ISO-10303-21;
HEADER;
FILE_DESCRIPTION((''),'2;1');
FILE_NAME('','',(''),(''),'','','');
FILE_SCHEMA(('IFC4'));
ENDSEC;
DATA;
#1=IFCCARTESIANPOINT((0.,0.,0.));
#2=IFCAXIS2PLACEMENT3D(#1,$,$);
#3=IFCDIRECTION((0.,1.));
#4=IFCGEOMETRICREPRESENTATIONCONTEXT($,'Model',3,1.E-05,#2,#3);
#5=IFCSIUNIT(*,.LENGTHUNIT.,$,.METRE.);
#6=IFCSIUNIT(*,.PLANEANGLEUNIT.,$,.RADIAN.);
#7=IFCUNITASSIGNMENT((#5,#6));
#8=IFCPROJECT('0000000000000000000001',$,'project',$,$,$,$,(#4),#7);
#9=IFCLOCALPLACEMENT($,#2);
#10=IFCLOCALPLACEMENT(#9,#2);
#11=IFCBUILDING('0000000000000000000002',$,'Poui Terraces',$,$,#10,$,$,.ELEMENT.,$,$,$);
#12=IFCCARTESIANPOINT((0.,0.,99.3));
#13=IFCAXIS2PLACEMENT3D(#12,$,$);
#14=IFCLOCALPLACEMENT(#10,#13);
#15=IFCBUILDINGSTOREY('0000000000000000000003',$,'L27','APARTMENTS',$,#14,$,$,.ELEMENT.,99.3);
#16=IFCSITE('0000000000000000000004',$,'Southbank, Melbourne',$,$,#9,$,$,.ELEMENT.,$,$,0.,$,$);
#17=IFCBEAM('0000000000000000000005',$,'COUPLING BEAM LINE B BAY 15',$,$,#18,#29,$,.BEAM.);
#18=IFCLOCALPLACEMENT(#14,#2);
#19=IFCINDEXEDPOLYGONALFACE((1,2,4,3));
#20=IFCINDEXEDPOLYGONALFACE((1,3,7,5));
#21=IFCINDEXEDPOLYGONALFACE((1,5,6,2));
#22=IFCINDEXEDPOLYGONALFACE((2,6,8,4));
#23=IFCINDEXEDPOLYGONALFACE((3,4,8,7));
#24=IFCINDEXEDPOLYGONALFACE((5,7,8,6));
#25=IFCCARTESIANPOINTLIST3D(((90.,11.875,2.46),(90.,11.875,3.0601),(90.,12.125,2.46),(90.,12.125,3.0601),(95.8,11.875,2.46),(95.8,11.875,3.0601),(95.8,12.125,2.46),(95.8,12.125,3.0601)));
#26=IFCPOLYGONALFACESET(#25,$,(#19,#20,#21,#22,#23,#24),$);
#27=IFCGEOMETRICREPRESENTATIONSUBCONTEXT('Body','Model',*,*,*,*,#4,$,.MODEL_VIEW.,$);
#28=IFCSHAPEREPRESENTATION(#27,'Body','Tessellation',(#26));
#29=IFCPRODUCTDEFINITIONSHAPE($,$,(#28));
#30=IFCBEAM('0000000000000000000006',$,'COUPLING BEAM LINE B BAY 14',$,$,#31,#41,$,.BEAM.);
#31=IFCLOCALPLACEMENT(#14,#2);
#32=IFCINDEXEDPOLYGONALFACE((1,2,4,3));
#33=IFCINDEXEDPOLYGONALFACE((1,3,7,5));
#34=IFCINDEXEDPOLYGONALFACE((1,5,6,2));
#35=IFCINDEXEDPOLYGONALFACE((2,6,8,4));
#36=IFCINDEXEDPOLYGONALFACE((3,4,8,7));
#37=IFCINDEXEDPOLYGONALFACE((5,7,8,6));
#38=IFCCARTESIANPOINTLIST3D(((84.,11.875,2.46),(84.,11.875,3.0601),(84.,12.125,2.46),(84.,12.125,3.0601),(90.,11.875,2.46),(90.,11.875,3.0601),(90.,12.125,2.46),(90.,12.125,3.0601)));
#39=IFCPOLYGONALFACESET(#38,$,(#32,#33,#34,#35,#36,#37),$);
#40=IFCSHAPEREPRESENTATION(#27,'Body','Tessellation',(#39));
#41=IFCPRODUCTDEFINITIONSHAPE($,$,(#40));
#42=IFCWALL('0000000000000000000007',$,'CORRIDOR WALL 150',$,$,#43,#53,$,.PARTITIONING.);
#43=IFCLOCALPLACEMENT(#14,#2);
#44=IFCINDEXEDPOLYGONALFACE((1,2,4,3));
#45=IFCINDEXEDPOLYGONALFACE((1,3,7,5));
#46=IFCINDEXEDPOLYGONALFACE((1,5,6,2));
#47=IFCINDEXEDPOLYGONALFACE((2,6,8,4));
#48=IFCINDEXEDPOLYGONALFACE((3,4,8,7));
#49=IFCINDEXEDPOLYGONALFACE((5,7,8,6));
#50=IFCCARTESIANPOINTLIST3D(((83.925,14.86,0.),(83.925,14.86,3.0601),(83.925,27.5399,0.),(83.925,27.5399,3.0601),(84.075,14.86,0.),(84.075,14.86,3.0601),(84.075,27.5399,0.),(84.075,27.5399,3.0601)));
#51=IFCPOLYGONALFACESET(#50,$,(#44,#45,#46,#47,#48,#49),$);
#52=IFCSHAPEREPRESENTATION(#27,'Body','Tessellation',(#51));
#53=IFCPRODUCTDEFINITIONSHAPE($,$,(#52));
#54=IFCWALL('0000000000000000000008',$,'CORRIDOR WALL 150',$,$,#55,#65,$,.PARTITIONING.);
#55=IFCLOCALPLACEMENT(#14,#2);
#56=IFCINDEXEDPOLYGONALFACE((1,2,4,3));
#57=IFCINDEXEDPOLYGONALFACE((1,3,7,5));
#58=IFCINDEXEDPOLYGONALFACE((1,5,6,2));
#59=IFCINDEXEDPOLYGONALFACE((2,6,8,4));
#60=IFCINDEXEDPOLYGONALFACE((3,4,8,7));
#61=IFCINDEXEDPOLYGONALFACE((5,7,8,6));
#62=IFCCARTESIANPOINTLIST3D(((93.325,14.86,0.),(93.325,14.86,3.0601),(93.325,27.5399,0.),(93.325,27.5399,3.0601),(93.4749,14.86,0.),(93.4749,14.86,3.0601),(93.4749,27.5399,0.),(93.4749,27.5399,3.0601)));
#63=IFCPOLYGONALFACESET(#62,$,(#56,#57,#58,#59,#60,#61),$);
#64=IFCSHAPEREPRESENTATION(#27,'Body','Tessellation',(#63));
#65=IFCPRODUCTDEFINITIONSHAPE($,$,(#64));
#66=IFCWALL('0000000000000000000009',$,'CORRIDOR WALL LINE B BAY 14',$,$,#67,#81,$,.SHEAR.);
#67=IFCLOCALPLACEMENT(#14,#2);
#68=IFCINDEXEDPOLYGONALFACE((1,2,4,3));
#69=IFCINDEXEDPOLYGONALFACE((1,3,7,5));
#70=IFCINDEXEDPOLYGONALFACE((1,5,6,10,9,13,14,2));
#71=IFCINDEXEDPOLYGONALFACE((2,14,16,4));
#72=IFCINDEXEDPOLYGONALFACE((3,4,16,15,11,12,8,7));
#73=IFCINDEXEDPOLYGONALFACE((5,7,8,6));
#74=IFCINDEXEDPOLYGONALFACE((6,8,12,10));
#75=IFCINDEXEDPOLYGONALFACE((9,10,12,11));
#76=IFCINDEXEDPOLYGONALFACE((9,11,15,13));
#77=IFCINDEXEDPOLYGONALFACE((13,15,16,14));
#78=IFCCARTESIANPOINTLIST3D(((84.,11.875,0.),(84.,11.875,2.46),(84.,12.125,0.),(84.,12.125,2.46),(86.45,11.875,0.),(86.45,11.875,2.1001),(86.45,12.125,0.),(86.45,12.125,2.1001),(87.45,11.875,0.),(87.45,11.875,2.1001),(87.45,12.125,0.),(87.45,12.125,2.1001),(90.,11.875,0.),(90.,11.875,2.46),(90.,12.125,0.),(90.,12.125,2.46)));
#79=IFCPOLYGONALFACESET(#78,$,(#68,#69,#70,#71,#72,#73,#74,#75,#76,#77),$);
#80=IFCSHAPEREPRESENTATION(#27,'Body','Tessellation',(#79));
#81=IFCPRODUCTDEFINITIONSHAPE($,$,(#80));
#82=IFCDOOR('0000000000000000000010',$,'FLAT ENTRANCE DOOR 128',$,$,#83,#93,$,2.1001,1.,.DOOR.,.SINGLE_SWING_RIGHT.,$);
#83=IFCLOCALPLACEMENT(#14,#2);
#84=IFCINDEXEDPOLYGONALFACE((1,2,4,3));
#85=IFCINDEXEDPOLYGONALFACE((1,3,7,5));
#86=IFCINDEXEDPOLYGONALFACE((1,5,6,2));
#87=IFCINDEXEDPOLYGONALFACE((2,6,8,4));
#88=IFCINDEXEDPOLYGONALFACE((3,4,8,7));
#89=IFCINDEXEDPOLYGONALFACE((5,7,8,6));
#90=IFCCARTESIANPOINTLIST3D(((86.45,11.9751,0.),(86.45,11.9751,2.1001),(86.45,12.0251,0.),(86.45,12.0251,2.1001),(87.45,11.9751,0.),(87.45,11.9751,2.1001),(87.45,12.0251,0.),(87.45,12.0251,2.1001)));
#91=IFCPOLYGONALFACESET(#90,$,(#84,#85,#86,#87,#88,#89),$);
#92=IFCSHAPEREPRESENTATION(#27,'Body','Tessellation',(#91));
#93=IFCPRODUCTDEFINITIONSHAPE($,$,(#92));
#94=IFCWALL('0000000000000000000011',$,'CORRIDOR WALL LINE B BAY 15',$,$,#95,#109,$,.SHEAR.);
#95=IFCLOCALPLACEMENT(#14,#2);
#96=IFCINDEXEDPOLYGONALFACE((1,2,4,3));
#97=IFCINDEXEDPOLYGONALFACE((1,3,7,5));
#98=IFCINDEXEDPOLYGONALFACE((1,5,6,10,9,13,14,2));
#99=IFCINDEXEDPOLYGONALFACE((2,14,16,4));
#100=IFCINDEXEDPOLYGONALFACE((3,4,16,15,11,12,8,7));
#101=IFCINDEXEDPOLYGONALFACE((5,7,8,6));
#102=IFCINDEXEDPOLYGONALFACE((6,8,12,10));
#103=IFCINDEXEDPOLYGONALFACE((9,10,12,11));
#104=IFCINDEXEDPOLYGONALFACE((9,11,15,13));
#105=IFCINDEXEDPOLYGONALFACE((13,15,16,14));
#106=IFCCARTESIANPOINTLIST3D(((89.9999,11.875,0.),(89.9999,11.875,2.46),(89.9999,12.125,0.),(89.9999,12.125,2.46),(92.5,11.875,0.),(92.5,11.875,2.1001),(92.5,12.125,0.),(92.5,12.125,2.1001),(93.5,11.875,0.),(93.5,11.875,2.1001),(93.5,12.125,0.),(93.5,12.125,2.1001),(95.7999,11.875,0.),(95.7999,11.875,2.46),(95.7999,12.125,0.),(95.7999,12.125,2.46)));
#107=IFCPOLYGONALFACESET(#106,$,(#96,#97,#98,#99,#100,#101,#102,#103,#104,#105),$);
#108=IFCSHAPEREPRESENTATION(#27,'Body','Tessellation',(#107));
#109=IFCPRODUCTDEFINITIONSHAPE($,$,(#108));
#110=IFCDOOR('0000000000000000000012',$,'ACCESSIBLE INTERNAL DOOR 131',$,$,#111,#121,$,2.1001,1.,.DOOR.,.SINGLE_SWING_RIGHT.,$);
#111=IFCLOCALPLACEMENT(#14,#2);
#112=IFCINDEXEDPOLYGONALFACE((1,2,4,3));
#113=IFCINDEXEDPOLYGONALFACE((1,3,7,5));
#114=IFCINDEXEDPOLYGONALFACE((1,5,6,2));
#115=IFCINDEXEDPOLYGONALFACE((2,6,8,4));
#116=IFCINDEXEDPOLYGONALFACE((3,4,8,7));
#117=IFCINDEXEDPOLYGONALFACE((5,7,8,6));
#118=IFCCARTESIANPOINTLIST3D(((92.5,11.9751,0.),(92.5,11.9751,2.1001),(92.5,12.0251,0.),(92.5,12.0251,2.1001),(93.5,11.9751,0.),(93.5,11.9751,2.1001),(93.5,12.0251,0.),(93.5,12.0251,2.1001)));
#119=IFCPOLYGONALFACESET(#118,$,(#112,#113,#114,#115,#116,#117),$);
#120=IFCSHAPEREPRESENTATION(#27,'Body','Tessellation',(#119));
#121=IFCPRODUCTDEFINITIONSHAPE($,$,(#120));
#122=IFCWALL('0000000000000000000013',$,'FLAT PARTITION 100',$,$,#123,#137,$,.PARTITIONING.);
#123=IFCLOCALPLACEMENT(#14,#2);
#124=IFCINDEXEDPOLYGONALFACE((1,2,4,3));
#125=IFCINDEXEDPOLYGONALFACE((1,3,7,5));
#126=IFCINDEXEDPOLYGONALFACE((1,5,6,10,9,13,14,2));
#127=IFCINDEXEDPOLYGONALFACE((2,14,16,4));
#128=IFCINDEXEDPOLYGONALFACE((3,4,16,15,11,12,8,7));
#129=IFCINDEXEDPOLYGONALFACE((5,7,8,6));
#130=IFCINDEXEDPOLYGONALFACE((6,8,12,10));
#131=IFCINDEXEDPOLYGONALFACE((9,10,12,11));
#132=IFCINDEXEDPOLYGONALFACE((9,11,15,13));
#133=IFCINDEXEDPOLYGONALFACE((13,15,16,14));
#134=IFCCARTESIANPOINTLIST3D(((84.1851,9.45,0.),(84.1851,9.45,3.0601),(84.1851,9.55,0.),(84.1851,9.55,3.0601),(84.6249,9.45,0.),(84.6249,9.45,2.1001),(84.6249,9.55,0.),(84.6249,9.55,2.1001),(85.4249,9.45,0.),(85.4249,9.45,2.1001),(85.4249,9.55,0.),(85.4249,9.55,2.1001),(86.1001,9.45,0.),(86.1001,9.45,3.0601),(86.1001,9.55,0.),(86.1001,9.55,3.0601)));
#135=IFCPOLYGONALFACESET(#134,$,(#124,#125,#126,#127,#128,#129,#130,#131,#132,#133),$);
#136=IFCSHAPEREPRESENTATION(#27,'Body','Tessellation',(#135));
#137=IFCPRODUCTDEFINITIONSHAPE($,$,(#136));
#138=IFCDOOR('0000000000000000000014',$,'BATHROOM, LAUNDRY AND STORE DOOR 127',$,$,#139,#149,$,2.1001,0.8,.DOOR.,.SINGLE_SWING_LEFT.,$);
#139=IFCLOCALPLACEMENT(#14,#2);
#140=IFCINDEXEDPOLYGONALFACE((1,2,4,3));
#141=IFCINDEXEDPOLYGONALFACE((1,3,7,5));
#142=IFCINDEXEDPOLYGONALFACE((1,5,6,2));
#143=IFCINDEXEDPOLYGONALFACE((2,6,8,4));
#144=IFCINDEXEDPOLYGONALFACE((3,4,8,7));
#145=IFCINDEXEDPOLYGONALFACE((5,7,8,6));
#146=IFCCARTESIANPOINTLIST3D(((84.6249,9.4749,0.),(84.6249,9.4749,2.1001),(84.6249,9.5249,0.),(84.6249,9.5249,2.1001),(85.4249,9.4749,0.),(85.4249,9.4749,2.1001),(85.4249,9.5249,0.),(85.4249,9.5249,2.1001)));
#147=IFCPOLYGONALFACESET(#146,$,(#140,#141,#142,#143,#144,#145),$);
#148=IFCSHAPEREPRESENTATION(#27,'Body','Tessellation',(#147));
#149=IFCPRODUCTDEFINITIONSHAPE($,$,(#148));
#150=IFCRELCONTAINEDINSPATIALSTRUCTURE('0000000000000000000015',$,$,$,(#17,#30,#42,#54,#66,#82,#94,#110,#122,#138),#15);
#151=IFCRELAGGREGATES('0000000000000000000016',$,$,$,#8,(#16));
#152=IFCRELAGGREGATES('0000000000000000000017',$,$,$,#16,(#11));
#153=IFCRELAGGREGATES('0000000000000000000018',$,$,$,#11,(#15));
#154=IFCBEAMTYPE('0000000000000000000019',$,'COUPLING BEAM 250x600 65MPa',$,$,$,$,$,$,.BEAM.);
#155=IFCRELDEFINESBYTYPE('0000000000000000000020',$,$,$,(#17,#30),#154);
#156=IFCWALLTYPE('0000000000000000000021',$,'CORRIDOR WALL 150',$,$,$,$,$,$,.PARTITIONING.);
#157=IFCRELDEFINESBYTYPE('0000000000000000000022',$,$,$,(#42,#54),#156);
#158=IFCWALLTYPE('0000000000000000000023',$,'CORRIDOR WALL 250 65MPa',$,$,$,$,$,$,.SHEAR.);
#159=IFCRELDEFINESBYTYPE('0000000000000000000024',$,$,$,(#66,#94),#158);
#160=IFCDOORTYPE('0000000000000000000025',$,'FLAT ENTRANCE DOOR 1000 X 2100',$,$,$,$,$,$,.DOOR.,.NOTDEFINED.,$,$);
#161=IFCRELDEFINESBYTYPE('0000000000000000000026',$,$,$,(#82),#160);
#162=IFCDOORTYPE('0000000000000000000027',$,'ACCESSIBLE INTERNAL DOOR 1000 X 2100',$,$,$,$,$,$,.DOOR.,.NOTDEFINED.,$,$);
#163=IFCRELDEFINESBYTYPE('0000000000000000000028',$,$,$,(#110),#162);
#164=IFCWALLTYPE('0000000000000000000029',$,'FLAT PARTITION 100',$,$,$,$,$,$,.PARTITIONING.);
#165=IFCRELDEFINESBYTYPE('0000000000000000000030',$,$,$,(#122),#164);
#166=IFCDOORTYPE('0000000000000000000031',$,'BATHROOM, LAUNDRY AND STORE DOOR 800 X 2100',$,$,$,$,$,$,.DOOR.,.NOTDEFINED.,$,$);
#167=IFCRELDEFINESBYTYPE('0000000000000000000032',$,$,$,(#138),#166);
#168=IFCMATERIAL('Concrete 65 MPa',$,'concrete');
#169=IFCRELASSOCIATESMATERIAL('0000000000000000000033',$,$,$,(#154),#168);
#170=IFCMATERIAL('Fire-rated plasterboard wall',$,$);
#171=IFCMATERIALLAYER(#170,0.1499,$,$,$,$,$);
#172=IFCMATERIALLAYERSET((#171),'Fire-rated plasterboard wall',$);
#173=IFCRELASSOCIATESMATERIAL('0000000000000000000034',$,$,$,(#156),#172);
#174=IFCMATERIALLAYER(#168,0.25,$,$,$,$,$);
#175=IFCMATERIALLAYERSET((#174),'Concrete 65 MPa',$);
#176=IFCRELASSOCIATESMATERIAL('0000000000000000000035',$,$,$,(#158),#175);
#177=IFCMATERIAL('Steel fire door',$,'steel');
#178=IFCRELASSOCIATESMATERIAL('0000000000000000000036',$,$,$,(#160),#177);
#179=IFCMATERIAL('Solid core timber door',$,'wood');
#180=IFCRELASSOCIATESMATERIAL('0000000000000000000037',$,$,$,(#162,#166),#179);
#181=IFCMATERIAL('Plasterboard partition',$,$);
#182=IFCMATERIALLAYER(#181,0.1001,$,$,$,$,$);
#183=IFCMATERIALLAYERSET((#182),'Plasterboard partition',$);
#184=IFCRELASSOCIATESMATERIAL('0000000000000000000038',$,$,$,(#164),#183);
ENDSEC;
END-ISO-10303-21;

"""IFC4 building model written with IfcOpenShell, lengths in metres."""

from ifc_helpers import new_model, si_unit, direction, frame, frame_2d, origin, origin_2d, place, context, subcontext, project, spatial, rectangle, extrude, source, transform, mapped, material, layer, layer_set, material_profile, profile_set, type_object, element, fill, save


model = new_model("IFC4")

# Units and contexts
model_context = context("Model", 3, precision=1e-05, world=origin(), true_north=direction((0.0, 1.0)))
body_context = subcontext(model_context, "Body", "Model", "MODEL_VIEW")
ifc_project = project(units=[si_unit("LENGTHUNIT", "METRE"), si_unit("PLANEANGLEUNIT", "RADIAN")], contexts=[model_context])

# Site, building, storey
site_placement = place(None, origin())
site = spatial("IfcSite", under=ifc_project, at=site_placement, Name="Southbank, Melbourne", CompositionType="ELEMENT", RefElevation=0.0)
building_placement = place(site_placement, origin())
building = spatial("IfcBuilding", under=site, at=building_placement, Name="Poui Terraces", CompositionType="ELEMENT")
storey_placement = place(building_placement, frame((0.0, 0.0, 99.3)))
storey = spatial("IfcBuildingStorey", under=building, at=storey_placement, Name="L27", Description="APARTMENTS", CompositionType="ELEMENT", Elevation=99.3)

# Beams
ifc_material_1 = material(Name="Concrete 65 MPa", Category="concrete")
ifc_material_profile = material_profile(ifc_material_1, rectangle(XDim=0.25, YDim=0.6001, at=origin_2d()), Name="RC 250x600")
ifc_profile_set = profile_set([ifc_material_profile], Name="Concrete 65 MPa")
beam_type = type_object("IfcBeamType", Name="COUPLING BEAM 250x600 65MPa", PredefinedType="BEAM", material=ifc_profile_set)
shared_shape_1 = source(origin(), body_context, "Body", "SweptSolid", [
    extrude(rectangle(XDim=0.25, YDim=0.6001, at=origin_2d()), origin(), (0.0, 0.0, 1.0), 5.8),
])
beam_1_placement = place(storey_placement, frame((90.0, 12.0, 2.76), z_axis=(1.0, 0.0, 0.0), x_axis=(0.0, 1.0, 0.0)))
element("IfcBeam", 1, at=beam_1_placement, inside=storey, type_object=beam_type, Name="COUPLING BEAM LINE B BAY 15", PredefinedType="BEAM", context=body_context, shape_type="MappedRepresentation", body=[
    mapped(shared_shape_1, transform((0.0, 0.0, 0.0))),
])
shared_shape_2 = source(origin(), body_context, "Body", "SweptSolid", [
    extrude(rectangle(XDim=0.25, YDim=0.6001, at=origin_2d()), origin(), (0.0, 0.0, 1.0), 6.0),
])
beam_2_placement = place(storey_placement, frame((84.0, 12.0, 2.76), z_axis=(1.0, 0.0, 0.0), x_axis=(0.0, 1.0, 0.0)))
element("IfcBeam", 2, at=beam_2_placement, inside=storey, type_object=beam_type, Name="COUPLING BEAM LINE B BAY 14", PredefinedType="BEAM", context=body_context, shape_type="MappedRepresentation", body=[
    mapped(shared_shape_2, transform((0.0, 0.0, 0.0))),
])

# Walls
ifc_material_2 = material(Name="Fire-rated plasterboard wall")
ifc_layer_1 = layer(ifc_material_2, 0.1499)
ifc_layer_set_1 = layer_set([ifc_layer_1], Name="Fire-rated plasterboard wall")
wall_type_1 = type_object("IfcWallType", Name="CORRIDOR WALL 150", PredefinedType="PARTITIONING", material=ifc_layer_set_1)
for number, where, z_axis, x_axis, name in (
    (3, (84.0, 14.8601, 0.0), (0.0, 0.0, 1.0), (0.0, 1.0, 0.0), "CORRIDOR WALL 150"),
    (4, (93.3999, 14.8601, 0.0), (0.0, 0.0, 1.0), (0.0, 1.0, 0.0), "CORRIDOR WALL 150"),
):
    element("IfcWall", number, at=place(storey_placement, frame(where, z_axis=z_axis, x_axis=x_axis)), inside=storey, type_object=wall_type_1, Name=name, PredefinedType="PARTITIONING", context=body_context, shape_type="SweptSolid", body=[
        extrude(rectangle(XDim=12.6799, YDim=0.1499, at=frame_2d((6.3398, 0.0))), origin(), (0.0, 0.0, 1.0), 3.0601),
    ])

# Walls, openings, doors
ifc_layer_2 = layer(ifc_material_1, 0.25)
ifc_layer_set_2 = layer_set([ifc_layer_2], Name="Concrete 65 MPa")
wall_type_2 = type_object("IfcWallType", Name="CORRIDOR WALL 250 65MPa", PredefinedType="SHEAR", material=ifc_layer_set_2)
wall_1_placement = place(storey_placement, frame((84.0, 12.0, 0.0), z_axis=(0.0, 0.0, 1.0), x_axis=(1.0, 0.0, 0.0)))
wall_1 = element("IfcWall", 5, at=wall_1_placement, inside=storey, type_object=wall_type_2, Name="CORRIDOR WALL LINE B BAY 14", PredefinedType="SHEAR", context=body_context, shape_type="SweptSolid", body=[
    extrude(rectangle(XDim=6.0, YDim=0.25, at=frame_2d((3.0, 0.0))), origin(), (0.0, 0.0, 1.0), 2.46),
])
opening_1_placement = place(wall_1_placement, frame((2.45, 0.0, 0.0)))
opening_1 = element("IfcOpeningElement", 6, at=opening_1_placement, cuts=wall_1, PredefinedType="OPENING", context=body_context, shape_type="SweptSolid", body=[
    extrude(rectangle(XDim=1.0, YDim=2.1001, at=frame_2d((0.5, 1.05))), frame((0.0, 0.135, 0.0), z_axis=(0.0, -1.0, 0.0), x_axis=(1.0, 0.0, 0.0)), (0.0, 0.0, 1.0), 0.27),
])
ifc_material_3 = material(Name="Steel fire door", Category="steel")
door_type_1 = type_object("IfcDoorType", Name="FLAT ENTRANCE DOOR 1000 X 2100", OperationType="NOTDEFINED", PredefinedType="DOOR", material=ifc_material_3)
door_1_placement = place(opening_1_placement, frame((1.0, 0.0, 0.0), z_axis=(0.0, 0.0, 1.0), x_axis=(-1.0, 0.0, 0.0)))
door_1 = element("IfcDoor", 7, at=door_1_placement, inside=storey, type_object=door_type_1, Name="FLAT ENTRANCE DOOR 128", OperationType="SINGLE_SWING_RIGHT", OverallHeight=2.1001, OverallWidth=1.0, PredefinedType="DOOR", context=body_context, shape_type="SweptSolid", body=[
    extrude(rectangle(XDim=1.0, YDim=2.1001, at=frame_2d((0.5, 1.05))), frame((0.0, 0.0249, 0.0), z_axis=(0.0, -1.0, 0.0), x_axis=(1.0, 0.0, 0.0)), (0.0, 0.0, 1.0), 0.05),
])
fill(opening_1, door_1)
wall_2_placement = place(storey_placement, frame((90.0, 12.0, 0.0), z_axis=(0.0, 0.0, 1.0), x_axis=(1.0, 0.0, 0.0)))
wall_2 = element("IfcWall", 8, at=wall_2_placement, inside=storey, type_object=wall_type_2, Name="CORRIDOR WALL LINE B BAY 15", PredefinedType="SHEAR", context=body_context, shape_type="SweptSolid", body=[
    extrude(rectangle(XDim=5.8, YDim=0.25, at=frame_2d((2.8999, 0.0))), origin(), (0.0, 0.0, 1.0), 2.46),
])
opening_2_placement = place(wall_2_placement, frame((2.5, 0.0, 0.0)))
opening_2 = element("IfcOpeningElement", 9, at=opening_2_placement, cuts=wall_2, PredefinedType="OPENING", context=body_context, shape_type="SweptSolid", body=[
    extrude(rectangle(XDim=1.0, YDim=2.1001, at=frame_2d((0.5, 1.05))), frame((0.0, 0.135, 0.0), z_axis=(0.0, -1.0, 0.0), x_axis=(1.0, 0.0, 0.0)), (0.0, 0.0, 1.0), 0.27),
])
ifc_material_4 = material(Name="Solid core timber door", Category="wood")
door_type_2 = type_object("IfcDoorType", Name="ACCESSIBLE INTERNAL DOOR 1000 X 2100", OperationType="NOTDEFINED", PredefinedType="DOOR", material=ifc_material_4)
door_2_placement = place(opening_2_placement, frame((1.0, 0.0, 0.0), z_axis=(0.0, 0.0, 1.0), x_axis=(-1.0, 0.0, 0.0)))
door_2 = element("IfcDoor", 10, at=door_2_placement, inside=storey, type_object=door_type_2, Name="ACCESSIBLE INTERNAL DOOR 131", OperationType="SINGLE_SWING_RIGHT", OverallHeight=2.1001, OverallWidth=1.0, PredefinedType="DOOR", context=body_context, shape_type="SweptSolid", body=[
    extrude(rectangle(XDim=1.0, YDim=2.1001, at=frame_2d((0.5, 1.05))), frame((0.0, 0.0249, 0.0), z_axis=(0.0, -1.0, 0.0), x_axis=(1.0, 0.0, 0.0)), (0.0, 0.0, 1.0), 0.05),
])
fill(opening_2, door_2)
ifc_material_5 = material(Name="Plasterboard partition")
ifc_layer_3 = layer(ifc_material_5, 0.1001)
ifc_layer_set_3 = layer_set([ifc_layer_3], Name="Plasterboard partition")
wall_type_3 = type_object("IfcWallType", Name="FLAT PARTITION 100", PredefinedType="PARTITIONING", material=ifc_layer_set_3)
wall_3_placement = place(storey_placement, frame((84.1851, 9.5, 0.0), z_axis=(0.0, 0.0, 1.0), x_axis=(1.0, 0.0, 0.0)))
wall_3 = element("IfcWall", 11, at=wall_3_placement, inside=storey, type_object=wall_type_3, Name="FLAT PARTITION 100", PredefinedType="PARTITIONING", context=body_context, shape_type="SweptSolid", body=[
    extrude(rectangle(XDim=1.915, YDim=0.1001, at=frame_2d((0.9575, 0.0))), origin(), (0.0, 0.0, 1.0), 3.0601),
])
opening_3_placement = place(wall_3_placement, frame((0.4399, 0.0, 0.0)))
opening_3 = element("IfcOpeningElement", 12, at=opening_3_placement, cuts=wall_3, PredefinedType="OPENING", context=body_context, shape_type="SweptSolid", body=[
    extrude(rectangle(XDim=0.8, YDim=2.1001, at=frame_2d((0.3999, 1.05))), frame((0.0, 0.0601, 0.0), z_axis=(0.0, -1.0, 0.0), x_axis=(1.0, 0.0, 0.0)), (0.0, 0.0, 1.0), 0.1201),
])
door_type_3 = type_object("IfcDoorType", Name="BATHROOM, LAUNDRY AND STORE DOOR 800 X 2100", OperationType="NOTDEFINED", PredefinedType="DOOR", material=ifc_material_4)
door_3_placement = place(opening_3_placement, origin())
door_3 = element("IfcDoor", 13, at=door_3_placement, inside=storey, type_object=door_type_3, Name="BATHROOM, LAUNDRY AND STORE DOOR 127", OperationType="SINGLE_SWING_LEFT", OverallHeight=2.1001, OverallWidth=0.8, PredefinedType="DOOR", context=body_context, shape_type="SweptSolid", body=[
    extrude(rectangle(XDim=0.8, YDim=2.1001, at=frame_2d((0.3999, 1.05))), frame((0.0, 0.0249, 0.0), z_axis=(0.0, -1.0, 0.0), x_axis=(1.0, 0.0, 0.0)), (0.0, 0.0, 1.0), 0.05),
])
fill(opening_3, door_3)

save(model, "model.ifc")
